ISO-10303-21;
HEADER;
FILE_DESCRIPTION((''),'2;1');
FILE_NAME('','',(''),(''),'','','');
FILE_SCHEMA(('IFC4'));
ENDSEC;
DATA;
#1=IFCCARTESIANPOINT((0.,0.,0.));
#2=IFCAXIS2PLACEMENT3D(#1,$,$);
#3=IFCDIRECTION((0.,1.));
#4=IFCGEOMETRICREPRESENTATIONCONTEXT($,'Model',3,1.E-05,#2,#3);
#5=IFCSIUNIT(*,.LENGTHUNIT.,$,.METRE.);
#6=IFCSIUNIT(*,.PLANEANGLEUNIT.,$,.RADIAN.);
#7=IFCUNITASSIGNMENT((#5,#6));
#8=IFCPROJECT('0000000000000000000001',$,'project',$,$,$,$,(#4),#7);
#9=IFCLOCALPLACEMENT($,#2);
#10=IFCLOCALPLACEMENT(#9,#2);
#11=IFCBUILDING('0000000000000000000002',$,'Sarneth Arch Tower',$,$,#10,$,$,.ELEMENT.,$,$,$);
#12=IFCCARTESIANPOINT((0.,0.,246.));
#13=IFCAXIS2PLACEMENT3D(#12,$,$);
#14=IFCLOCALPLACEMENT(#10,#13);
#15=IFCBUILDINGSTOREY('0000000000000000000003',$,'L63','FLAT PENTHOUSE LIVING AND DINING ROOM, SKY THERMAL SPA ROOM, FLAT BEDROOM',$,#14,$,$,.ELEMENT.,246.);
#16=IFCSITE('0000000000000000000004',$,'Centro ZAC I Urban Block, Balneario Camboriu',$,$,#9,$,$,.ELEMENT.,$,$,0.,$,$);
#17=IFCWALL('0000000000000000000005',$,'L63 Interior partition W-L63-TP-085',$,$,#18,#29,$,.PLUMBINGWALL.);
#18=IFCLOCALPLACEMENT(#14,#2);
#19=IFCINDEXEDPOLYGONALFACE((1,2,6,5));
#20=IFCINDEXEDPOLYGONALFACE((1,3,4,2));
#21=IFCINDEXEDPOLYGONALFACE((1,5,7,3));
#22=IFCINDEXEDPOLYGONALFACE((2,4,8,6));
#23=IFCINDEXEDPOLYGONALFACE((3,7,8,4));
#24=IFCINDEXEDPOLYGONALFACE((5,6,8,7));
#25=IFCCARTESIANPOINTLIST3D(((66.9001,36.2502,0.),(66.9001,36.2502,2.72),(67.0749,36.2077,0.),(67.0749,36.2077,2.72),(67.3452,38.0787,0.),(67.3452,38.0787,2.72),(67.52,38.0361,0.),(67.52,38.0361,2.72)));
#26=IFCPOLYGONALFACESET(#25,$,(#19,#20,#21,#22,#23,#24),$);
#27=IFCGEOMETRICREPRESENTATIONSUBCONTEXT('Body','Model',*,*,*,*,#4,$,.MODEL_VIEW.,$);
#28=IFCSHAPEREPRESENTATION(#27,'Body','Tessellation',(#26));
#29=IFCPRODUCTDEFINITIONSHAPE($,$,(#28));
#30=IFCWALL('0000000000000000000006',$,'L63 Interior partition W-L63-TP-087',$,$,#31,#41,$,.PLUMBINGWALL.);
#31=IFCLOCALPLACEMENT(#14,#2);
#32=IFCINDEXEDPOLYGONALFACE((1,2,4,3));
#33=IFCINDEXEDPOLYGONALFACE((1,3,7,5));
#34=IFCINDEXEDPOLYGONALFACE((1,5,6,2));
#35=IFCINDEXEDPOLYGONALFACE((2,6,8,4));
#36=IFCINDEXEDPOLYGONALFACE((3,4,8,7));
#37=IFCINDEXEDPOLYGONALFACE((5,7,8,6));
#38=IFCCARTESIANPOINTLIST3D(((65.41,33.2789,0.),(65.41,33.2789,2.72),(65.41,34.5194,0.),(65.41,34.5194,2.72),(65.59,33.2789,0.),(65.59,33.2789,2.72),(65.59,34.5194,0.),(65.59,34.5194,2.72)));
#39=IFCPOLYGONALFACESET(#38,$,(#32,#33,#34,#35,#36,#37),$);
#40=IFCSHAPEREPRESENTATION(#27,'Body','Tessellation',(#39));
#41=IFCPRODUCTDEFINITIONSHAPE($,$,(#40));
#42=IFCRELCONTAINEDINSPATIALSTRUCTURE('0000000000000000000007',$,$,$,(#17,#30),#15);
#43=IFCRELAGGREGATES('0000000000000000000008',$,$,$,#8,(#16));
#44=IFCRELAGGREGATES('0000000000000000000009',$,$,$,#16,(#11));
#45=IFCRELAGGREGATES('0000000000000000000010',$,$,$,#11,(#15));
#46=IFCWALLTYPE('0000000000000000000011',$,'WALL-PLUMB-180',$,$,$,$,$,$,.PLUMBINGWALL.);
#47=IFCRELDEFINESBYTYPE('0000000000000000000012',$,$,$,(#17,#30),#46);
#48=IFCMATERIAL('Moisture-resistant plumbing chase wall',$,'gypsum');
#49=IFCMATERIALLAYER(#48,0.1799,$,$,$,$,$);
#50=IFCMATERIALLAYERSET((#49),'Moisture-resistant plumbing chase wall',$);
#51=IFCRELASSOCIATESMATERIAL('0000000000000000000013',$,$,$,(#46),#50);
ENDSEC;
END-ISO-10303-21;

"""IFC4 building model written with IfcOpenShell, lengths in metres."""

from ifc_helpers import new_model, si_unit, direction, frame, frame_2d, origin, place, context, subcontext, project, spatial, rectangle, extrude, material, layer, layer_set, type_object, element, save


model = new_model("IFC4")

# Units and contexts
model_context = context("Model", 3, precision=1e-05, world=origin(), true_north=direction((0.0, 1.0)))
body_context = subcontext(model_context, "Body", "Model", "MODEL_VIEW")
ifc_project = project(units=[si_unit("LENGTHUNIT", "METRE"), si_unit("PLANEANGLEUNIT", "RADIAN")], contexts=[model_context])

# Site, building, storey
site_placement = place(None, origin())
site = spatial("IfcSite", under=ifc_project, at=site_placement, Name="Centro ZAC I Urban Block, Balneario Camboriu", CompositionType="ELEMENT", RefElevation=0.0)
building_placement = place(site_placement, origin())
building = spatial("IfcBuilding", under=site, at=building_placement, Name="Sarneth Arch Tower", CompositionType="ELEMENT")
storey_placement = place(building_placement, frame((0.0, 0.0, 246.0)))
storey = spatial("IfcBuildingStorey", under=building, at=storey_placement, Name="L63", Description="FLAT PENTHOUSE LIVING AND DINING ROOM, SKY THERMAL SPA ROOM, FLAT BEDROOM", CompositionType="ELEMENT", Elevation=246.0)

# Shared definitions
ifc_material_1 = material(Name="Moisture-resistant plumbing chase wall", Category="gypsum")
ifc_layer_1 = layer(ifc_material_1, 0.1799)
ifc_layer_set_1 = layer_set([ifc_layer_1], Name="Moisture-resistant plumbing chase wall")
wall_type_1 = type_object("IfcWallType", Name="WALL-PLUMB-180", PredefinedType="PLUMBINGWALL", material=ifc_layer_set_1)

# Walls
wall_1_placement = place(storey_placement, frame((67.4326, 38.0574, 0.0), z_axis=(0.0, 0.0, 1.0), x_axis=(-0.236517, -0.971627, 0.0)))
element("IfcWall", 1, at=wall_1_placement, inside=storey, type_object=wall_type_1, Name="L63 Interior partition W-L63-TP-085", PredefinedType="PLUMBINGWALL", context=body_context, shape_type="SweptSolid", body=[
    extrude(rectangle(XDim=1.8818, YDim=0.1799, at=frame_2d((0.9409, 0.0))), origin(), (0.0, 0.0, 1.0), 2.72),
])
wall_2_placement = place(storey_placement, frame((65.5, 34.5193, 0.0), z_axis=(0.0, 0.0, 1.0), x_axis=(0.0, -1.0, 0.0)))
element("IfcWall", 2, at=wall_2_placement, inside=storey, type_object=wall_type_1, Name="L63 Interior partition W-L63-TP-087", PredefinedType="PLUMBINGWALL", context=body_context, shape_type="SweptSolid", body=[
    extrude(rectangle(XDim=1.2405, YDim=0.1799, at=frame_2d((0.6201, 0.0))), origin(), (0.0, 0.0, 1.0), 2.72),
])

save(model, "model.ifc")
